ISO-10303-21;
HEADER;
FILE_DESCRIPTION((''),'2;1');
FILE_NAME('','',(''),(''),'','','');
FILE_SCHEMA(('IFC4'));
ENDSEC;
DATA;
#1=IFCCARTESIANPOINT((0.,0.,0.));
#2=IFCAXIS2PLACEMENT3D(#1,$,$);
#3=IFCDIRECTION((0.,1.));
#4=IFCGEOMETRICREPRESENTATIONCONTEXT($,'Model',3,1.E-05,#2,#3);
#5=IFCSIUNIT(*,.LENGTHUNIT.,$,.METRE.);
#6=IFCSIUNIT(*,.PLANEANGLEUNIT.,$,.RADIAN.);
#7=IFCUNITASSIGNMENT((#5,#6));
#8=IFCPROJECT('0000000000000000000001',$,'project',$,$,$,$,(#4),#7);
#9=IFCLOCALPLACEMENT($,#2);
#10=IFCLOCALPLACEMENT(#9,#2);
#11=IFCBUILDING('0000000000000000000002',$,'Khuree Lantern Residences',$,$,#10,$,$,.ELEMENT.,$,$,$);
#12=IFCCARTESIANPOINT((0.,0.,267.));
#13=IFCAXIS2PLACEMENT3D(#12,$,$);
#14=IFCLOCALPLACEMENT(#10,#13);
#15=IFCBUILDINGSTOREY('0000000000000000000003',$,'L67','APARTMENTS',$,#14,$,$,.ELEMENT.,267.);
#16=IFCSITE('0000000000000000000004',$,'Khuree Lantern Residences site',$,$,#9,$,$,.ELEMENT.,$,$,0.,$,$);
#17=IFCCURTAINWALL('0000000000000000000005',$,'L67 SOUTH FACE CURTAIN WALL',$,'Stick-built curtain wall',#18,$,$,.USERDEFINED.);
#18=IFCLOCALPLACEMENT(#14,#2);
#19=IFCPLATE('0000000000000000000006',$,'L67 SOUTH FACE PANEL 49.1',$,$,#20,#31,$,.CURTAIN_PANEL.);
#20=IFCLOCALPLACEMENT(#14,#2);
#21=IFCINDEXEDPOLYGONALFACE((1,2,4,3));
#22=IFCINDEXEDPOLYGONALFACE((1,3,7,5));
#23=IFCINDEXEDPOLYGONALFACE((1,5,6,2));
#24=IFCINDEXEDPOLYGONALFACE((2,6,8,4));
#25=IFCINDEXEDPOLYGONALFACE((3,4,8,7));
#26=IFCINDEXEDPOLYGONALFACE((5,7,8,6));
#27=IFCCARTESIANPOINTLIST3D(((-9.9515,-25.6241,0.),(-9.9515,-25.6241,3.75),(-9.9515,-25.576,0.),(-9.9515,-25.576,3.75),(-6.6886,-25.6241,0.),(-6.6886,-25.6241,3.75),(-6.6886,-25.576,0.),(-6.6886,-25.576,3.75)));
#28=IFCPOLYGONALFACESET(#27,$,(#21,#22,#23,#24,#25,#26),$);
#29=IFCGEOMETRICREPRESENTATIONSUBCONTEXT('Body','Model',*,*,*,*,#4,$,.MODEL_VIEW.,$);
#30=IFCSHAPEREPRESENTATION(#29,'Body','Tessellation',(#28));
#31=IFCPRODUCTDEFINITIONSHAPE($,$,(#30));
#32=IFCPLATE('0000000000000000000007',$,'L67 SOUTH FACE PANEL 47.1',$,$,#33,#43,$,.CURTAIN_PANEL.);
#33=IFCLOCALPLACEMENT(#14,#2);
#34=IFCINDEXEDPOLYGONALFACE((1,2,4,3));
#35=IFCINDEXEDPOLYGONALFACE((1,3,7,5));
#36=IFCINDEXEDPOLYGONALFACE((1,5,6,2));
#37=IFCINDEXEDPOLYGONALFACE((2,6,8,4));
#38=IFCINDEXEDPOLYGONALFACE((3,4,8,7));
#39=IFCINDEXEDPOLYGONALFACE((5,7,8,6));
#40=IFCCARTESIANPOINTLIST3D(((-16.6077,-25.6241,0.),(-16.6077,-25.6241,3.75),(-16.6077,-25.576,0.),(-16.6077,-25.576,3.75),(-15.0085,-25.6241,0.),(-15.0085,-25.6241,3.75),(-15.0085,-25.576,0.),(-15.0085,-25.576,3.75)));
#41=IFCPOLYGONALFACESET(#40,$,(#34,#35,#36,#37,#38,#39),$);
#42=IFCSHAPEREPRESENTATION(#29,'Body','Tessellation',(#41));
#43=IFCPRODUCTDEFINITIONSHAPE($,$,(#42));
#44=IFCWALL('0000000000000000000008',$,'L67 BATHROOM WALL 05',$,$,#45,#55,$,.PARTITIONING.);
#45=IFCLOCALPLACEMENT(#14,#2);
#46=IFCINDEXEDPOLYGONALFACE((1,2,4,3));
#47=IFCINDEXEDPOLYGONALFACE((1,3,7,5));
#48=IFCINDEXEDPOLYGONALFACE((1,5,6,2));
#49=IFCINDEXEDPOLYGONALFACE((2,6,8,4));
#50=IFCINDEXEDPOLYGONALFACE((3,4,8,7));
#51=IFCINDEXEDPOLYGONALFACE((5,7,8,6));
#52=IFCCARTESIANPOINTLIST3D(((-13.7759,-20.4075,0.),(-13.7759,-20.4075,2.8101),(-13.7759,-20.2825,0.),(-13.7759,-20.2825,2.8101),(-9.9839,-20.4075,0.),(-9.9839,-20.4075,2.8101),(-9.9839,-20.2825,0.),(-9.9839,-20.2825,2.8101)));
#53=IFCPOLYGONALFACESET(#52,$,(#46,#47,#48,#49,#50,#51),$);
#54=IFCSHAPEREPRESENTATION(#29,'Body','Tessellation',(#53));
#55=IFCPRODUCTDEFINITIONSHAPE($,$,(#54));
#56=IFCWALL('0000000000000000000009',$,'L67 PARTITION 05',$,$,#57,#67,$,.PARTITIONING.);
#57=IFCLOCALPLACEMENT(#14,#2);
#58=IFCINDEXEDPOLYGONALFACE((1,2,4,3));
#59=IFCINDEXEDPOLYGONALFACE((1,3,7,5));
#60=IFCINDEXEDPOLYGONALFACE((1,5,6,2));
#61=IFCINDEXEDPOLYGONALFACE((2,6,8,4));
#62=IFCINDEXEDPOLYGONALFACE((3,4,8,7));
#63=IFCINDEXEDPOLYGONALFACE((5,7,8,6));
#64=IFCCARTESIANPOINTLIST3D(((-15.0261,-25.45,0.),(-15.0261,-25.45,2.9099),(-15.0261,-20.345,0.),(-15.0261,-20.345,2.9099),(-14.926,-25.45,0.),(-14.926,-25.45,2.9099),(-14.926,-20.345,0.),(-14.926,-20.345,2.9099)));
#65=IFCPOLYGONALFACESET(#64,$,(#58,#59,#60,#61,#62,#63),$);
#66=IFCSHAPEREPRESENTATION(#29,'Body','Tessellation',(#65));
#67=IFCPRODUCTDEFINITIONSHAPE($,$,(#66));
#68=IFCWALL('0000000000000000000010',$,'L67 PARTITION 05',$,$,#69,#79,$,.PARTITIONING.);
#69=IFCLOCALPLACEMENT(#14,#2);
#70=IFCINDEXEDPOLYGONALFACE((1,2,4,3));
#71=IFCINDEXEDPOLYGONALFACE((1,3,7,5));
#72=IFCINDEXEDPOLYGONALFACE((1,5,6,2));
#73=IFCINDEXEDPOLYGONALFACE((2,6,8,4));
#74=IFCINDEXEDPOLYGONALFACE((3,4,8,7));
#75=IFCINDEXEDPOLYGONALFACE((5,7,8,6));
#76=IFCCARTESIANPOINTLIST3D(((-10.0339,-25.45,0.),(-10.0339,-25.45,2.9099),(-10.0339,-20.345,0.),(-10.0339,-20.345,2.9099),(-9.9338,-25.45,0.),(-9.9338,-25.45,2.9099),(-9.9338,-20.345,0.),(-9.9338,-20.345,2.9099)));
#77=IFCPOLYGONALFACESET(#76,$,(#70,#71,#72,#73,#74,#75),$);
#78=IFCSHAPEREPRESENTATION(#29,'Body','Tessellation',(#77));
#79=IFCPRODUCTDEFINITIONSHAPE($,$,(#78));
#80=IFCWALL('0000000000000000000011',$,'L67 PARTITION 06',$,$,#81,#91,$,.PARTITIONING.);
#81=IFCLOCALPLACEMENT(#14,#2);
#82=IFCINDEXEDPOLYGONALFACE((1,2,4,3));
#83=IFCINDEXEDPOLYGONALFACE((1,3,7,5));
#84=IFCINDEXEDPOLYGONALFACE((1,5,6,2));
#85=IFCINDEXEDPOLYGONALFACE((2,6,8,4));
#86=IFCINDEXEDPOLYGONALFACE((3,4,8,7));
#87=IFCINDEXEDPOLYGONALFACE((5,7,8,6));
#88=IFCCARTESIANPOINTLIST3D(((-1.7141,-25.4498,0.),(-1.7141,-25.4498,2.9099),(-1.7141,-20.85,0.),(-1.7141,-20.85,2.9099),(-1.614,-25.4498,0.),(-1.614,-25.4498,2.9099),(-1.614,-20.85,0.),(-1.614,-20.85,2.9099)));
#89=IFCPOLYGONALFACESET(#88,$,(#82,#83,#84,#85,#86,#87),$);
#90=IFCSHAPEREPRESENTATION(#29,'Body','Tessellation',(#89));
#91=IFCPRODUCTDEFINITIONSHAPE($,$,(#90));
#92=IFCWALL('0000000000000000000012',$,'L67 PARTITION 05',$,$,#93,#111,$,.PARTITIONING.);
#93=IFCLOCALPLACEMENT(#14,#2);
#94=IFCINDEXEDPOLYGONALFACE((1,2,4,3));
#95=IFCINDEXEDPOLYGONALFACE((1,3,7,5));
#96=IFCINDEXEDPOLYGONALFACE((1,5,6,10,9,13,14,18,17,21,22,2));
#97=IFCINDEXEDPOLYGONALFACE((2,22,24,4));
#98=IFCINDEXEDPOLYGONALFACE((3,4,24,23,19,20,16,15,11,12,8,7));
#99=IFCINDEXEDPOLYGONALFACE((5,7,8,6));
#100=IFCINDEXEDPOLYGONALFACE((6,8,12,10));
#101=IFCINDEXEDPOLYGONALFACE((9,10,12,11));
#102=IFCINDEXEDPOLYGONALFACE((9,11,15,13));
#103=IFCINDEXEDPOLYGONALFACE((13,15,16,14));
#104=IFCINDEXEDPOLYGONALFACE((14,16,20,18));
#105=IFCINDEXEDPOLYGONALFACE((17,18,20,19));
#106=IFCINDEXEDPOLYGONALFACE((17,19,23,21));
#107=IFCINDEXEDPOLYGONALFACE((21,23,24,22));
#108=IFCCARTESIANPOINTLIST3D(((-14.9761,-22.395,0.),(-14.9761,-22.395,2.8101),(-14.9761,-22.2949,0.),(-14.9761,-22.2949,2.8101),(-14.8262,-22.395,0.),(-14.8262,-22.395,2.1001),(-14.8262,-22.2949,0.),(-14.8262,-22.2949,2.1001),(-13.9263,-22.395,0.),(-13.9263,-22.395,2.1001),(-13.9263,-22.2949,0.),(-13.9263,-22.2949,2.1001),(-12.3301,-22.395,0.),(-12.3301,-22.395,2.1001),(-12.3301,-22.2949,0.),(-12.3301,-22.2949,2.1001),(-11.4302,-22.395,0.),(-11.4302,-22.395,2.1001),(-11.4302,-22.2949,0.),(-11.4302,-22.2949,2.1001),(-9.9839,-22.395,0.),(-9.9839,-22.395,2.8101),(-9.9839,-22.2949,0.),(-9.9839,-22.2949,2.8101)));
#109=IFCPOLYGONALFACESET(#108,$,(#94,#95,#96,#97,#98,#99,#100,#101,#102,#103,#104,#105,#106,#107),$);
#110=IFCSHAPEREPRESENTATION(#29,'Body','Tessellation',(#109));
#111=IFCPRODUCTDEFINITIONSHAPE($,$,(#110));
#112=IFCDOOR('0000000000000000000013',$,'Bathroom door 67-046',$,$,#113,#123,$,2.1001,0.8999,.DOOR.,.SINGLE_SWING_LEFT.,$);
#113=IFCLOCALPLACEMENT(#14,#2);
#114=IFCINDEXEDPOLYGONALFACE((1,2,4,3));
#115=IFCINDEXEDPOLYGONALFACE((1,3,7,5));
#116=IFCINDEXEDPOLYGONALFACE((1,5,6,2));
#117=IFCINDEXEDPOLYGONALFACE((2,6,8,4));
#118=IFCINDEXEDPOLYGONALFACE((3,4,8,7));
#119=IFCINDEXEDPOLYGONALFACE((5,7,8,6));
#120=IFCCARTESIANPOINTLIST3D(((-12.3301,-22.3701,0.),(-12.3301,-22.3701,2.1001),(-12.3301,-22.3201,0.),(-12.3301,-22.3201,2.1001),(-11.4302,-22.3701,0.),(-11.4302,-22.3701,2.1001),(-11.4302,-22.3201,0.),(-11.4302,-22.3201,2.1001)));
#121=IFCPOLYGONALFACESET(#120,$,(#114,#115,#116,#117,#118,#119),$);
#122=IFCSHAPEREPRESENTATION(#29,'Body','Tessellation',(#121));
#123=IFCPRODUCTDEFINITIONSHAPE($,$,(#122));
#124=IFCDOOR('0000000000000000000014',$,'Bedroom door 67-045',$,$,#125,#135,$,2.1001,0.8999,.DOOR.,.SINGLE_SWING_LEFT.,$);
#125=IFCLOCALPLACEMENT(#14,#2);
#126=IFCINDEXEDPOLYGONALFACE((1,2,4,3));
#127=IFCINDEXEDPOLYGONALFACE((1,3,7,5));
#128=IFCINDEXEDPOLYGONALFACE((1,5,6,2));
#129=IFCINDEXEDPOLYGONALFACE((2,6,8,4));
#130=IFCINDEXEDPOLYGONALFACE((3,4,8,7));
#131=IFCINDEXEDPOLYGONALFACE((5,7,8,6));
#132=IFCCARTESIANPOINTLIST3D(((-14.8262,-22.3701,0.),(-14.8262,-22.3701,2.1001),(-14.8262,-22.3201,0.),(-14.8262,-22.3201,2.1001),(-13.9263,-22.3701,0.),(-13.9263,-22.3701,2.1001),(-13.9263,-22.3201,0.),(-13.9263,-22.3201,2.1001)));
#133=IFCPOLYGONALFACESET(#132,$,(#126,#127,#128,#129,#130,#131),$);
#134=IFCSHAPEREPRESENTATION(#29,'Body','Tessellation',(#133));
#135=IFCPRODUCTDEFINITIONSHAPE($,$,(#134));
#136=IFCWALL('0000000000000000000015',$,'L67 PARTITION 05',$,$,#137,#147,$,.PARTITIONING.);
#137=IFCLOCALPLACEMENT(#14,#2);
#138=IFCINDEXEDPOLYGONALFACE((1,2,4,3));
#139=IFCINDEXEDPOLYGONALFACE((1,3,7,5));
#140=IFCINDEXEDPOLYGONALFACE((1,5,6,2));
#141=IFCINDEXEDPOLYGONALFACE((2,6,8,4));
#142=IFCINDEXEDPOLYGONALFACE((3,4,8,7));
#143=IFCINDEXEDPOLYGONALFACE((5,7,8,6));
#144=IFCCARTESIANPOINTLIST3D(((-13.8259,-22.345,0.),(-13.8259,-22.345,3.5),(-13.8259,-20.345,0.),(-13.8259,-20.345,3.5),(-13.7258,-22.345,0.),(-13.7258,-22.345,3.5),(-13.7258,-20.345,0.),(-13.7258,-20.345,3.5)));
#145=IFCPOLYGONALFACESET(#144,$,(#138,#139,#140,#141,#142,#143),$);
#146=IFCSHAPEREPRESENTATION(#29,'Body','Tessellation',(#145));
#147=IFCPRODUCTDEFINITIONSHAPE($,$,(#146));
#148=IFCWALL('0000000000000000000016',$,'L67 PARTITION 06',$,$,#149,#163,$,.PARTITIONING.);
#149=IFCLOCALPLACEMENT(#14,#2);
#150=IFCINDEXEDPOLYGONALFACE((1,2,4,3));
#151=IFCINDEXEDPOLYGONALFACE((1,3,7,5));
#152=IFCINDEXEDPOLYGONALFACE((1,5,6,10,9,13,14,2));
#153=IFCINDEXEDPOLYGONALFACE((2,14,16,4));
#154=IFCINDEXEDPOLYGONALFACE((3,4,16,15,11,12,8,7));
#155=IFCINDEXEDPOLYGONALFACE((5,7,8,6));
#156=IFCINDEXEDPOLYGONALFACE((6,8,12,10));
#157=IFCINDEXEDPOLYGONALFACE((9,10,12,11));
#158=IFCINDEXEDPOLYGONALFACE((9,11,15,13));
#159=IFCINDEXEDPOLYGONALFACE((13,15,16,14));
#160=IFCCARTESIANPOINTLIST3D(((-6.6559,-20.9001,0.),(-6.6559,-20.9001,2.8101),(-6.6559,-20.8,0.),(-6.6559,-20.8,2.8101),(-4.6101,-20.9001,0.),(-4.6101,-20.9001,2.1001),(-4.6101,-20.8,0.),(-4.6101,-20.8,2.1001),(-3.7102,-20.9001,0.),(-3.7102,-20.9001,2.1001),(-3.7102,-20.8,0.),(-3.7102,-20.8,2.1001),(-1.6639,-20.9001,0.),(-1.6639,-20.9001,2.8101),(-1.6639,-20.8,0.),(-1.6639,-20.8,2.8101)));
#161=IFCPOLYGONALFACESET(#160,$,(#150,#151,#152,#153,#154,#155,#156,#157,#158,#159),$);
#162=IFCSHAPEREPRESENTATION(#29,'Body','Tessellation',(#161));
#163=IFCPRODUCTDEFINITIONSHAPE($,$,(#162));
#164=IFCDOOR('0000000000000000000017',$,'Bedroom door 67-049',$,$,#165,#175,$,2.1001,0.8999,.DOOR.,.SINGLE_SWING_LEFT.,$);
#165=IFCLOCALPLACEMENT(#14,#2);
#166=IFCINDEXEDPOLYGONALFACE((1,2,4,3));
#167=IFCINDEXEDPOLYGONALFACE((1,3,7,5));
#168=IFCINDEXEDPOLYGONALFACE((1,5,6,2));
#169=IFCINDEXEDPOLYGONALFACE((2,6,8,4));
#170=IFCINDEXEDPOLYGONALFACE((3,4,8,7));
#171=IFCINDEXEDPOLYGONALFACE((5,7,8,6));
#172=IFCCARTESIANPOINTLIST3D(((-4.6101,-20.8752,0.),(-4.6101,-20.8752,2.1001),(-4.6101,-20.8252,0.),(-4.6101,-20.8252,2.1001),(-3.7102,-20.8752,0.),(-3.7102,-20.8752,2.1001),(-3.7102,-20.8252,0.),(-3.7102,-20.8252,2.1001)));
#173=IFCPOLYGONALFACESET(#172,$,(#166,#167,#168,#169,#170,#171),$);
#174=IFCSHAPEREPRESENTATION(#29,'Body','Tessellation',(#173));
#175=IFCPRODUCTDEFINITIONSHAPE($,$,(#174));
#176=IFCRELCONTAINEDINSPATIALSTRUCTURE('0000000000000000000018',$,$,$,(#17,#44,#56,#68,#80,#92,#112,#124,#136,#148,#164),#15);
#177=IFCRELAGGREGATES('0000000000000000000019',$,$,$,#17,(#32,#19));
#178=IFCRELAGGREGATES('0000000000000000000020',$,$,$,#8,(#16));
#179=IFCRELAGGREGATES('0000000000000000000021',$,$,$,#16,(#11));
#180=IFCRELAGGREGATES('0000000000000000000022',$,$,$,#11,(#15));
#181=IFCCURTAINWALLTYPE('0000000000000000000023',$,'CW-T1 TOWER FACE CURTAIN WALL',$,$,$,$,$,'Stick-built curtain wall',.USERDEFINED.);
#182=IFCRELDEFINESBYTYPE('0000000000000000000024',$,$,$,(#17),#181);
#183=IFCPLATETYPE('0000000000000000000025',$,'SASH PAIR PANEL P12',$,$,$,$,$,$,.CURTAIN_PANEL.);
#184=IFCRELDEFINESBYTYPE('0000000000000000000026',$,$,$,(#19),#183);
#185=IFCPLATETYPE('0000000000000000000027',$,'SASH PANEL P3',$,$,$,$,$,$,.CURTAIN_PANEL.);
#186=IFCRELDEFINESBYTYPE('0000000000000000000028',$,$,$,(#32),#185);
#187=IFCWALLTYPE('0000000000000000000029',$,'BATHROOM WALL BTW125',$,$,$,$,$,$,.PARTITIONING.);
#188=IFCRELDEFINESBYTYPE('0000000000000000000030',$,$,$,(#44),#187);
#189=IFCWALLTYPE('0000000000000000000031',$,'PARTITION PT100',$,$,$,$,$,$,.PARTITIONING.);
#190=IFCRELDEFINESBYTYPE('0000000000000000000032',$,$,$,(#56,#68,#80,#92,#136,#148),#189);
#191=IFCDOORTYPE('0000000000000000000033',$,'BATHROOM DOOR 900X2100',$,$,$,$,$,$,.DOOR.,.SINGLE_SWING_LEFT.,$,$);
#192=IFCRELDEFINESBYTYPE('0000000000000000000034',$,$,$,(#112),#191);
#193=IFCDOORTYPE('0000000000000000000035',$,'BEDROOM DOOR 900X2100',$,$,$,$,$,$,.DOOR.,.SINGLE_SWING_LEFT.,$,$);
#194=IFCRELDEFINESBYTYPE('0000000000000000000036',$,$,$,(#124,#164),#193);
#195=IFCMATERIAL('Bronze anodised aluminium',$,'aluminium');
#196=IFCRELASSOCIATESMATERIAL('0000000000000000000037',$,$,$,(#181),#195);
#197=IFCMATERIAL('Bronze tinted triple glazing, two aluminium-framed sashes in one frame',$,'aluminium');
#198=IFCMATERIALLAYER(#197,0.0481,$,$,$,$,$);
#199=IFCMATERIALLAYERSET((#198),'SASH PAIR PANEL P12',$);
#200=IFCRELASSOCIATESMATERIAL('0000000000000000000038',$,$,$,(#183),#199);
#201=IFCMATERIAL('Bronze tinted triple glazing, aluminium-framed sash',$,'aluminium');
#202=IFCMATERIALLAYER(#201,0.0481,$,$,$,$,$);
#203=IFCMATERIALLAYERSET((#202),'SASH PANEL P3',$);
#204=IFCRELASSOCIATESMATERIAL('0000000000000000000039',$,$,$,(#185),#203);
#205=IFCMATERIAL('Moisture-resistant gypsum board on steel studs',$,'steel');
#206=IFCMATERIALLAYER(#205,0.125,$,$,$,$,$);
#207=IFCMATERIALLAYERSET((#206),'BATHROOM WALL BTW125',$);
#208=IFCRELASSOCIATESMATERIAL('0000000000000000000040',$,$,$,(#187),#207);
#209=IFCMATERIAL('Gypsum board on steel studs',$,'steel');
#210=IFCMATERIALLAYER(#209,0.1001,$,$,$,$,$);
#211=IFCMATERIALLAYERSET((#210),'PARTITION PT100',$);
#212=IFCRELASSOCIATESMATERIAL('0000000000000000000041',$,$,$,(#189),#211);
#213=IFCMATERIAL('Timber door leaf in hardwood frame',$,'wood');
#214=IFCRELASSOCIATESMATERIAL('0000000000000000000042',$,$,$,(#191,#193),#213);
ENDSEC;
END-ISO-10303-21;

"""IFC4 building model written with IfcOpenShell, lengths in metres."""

from ifc_helpers import new_model, si_unit, direction, frame, frame_2d, origin, origin_2d, place, context, subcontext, project, spatial, rectangle, extrude, material, layer, layer_set, type_object, element, fill, aggregate, save


model = new_model("IFC4")

# Units and contexts
model_context = context("Model", 3, precision=1e-05, world=origin(), true_north=direction((0.0, 1.0)))
body_context = subcontext(model_context, "Body", "Model", "MODEL_VIEW")
ifc_project = project(units=[si_unit("LENGTHUNIT", "METRE"), si_unit("PLANEANGLEUNIT", "RADIAN")], contexts=[model_context])

# Site, building, storey
site_placement = place(None, origin())
site = spatial("IfcSite", under=ifc_project, at=site_placement, Name="Khuree Lantern Residences site", CompositionType="ELEMENT", RefElevation=0.0)
building_placement = place(site_placement, origin())
building = spatial("IfcBuilding", under=site, at=building_placement, Name="Khuree Lantern Residences", CompositionType="ELEMENT")
storey_placement = place(building_placement, frame((0.0, 0.0, 267.0)))
storey = spatial("IfcBuildingStorey", under=building, at=storey_placement, Name="L67", Description="APARTMENTS", CompositionType="ELEMENT", Elevation=267.0)

# Curtain wall
ifc_material_1 = material(Name="Bronze anodised aluminium", Category="aluminium")
curtain_wall_type = type_object("IfcCurtainWallType", Name="CW-T1 TOWER FACE CURTAIN WALL", ElementType="Stick-built curtain wall", PredefinedType="USERDEFINED", material=ifc_material_1)
curtain_wall_placement = place(storey_placement, origin())
curtain_wall = element("IfcCurtainWall", 1, at=curtain_wall_placement, inside=storey, type_object=curtain_wall_type, Name="L67 SOUTH FACE CURTAIN WALL", ObjectType="Stick-built curtain wall", PredefinedType="USERDEFINED")

# Plates
ifc_material_2 = material(Name="Bronze tinted triple glazing, two aluminium-framed sashes in one frame", Category="aluminium")
ifc_layer_1 = layer(ifc_material_2, 0.0481)
ifc_layer_set_1 = layer_set([ifc_layer_1], Name="SASH PAIR PANEL P12")
plate_type_1 = type_object("IfcPlateType", Name="SASH PAIR PANEL P12", PredefinedType="CURTAIN_PANEL", material=ifc_layer_set_1)
plate_1_placement = place(storey_placement, frame((-8.3201, -25.6001, 0.0), z_axis=(0.0, 0.0, 1.0), x_axis=(1.0, 0.0, 0.0)))
plate_1 = element("IfcPlate", 2, at=plate_1_placement, type_object=plate_type_1, Name="L67 SOUTH FACE PANEL 49.1", PredefinedType="CURTAIN_PANEL", context=body_context, shape_type="SweptSolid", body=[
    extrude(rectangle(XDim=3.2629, YDim=0.0481, at=origin_2d()), origin(), (0.0, 0.0, 1.0), 3.75),
])
ifc_material_3 = material(Name="Bronze tinted triple glazing, aluminium-framed sash", Category="aluminium")
ifc_layer_2 = layer(ifc_material_3, 0.0481)
ifc_layer_set_2 = layer_set([ifc_layer_2], Name="SASH PANEL P3")
plate_type_2 = type_object("IfcPlateType", Name="SASH PANEL P3", PredefinedType="CURTAIN_PANEL", material=ifc_layer_set_2)
plate_2_placement = place(storey_placement, frame((-15.8081, -25.6001, 0.0), z_axis=(0.0, 0.0, 1.0), x_axis=(1.0, 0.0, 0.0)))
plate_2 = element("IfcPlate", 3, at=plate_2_placement, type_object=plate_type_2, Name="L67 SOUTH FACE PANEL 47.1", PredefinedType="CURTAIN_PANEL", context=body_context, shape_type="SweptSolid", body=[
    extrude(rectangle(XDim=1.5991, YDim=0.0481, at=origin_2d()), origin(), (0.0, 0.0, 1.0), 3.75),
])
aggregate(curtain_wall, [plate_2, plate_1])

# Walls
ifc_material_4 = material(Name="Moisture-resistant gypsum board on steel studs", Category="steel")
ifc_layer_3 = layer(ifc_material_4, 0.125)
ifc_layer_set_3 = layer_set([ifc_layer_3], Name="BATHROOM WALL BTW125")
wall_type_1 = type_object("IfcWallType", Name="BATHROOM WALL BTW125", PredefinedType="PARTITIONING", material=ifc_layer_set_3)
wall_1_placement = place(storey_placement, frame((-13.7759, -20.345, 0.0), z_axis=(0.0, 0.0, 1.0), x_axis=(1.0, 0.0, 0.0)))
element("IfcWall", 4, at=wall_1_placement, inside=storey, type_object=wall_type_1, Name="L67 BATHROOM WALL 05", PredefinedType="PARTITIONING", context=body_context, shape_type="SweptSolid", body=[
    extrude(rectangle(XDim=3.792, YDim=0.125, at=frame_2d((1.896, 0.0))), origin(), (0.0, 0.0, 1.0), 2.8101),
])
ifc_material_5 = material(Name="Gypsum board on steel studs", Category="steel")
ifc_layer_4 = layer(ifc_material_5, 0.1001)
ifc_layer_set_4 = layer_set([ifc_layer_4], Name="PARTITION PT100")
wall_type_2 = type_object("IfcWallType", Name="PARTITION PT100", PredefinedType="PARTITIONING", material=ifc_layer_set_4)
for number, where, z_axis, x_axis, name in (
    (5, (-14.9761, -20.345, 0.0), (0.0, 0.0, 1.0), (0.0, -1.0, 0.0), "L67 PARTITION 05"),
    (6, (-9.9839, -20.345, 0.0), (0.0, 0.0, 1.0), (0.0, -1.0, 0.0), "L67 PARTITION 05"),
):
    element("IfcWall", number, at=place(storey_placement, frame(where, z_axis=z_axis, x_axis=x_axis)), inside=storey, type_object=wall_type_2, Name=name, PredefinedType="PARTITIONING", context=body_context, shape_type="SweptSolid", body=[
        extrude(rectangle(XDim=5.105, YDim=0.1001, at=frame_2d((2.5525, 0.0))), origin(), (0.0, 0.0, 1.0), 2.9099),
    ])
wall_2_placement = place(storey_placement, frame((-1.6641, -20.8501, 0.0), z_axis=(0.0, 0.0, 1.0), x_axis=(0.0, -1.0, 0.0)))
element("IfcWall", 7, at=wall_2_placement, inside=storey, type_object=wall_type_2, Name="L67 PARTITION 06", PredefinedType="PARTITIONING", context=body_context, shape_type="SweptSolid", body=[
    extrude(rectangle(XDim=4.5999, YDim=0.1001, at=frame_2d((2.2998, 0.0))), origin(), (0.0, 0.0, 1.0), 2.9099),
])

# Wall, openings, doors
wall_3_placement = place(storey_placement, frame((-14.9761, -22.345, 0.0), z_axis=(0.0, 0.0, 1.0), x_axis=(1.0, 0.0, 0.0)))
wall_3 = element("IfcWall", 8, at=wall_3_placement, inside=storey, type_object=wall_type_2, Name="L67 PARTITION 05", PredefinedType="PARTITIONING", context=body_context, shape_type="SweptSolid", body=[
    extrude(rectangle(XDim=4.9922, YDim=0.1001, at=frame_2d((2.4961, 0.0))), origin(), (0.0, 0.0, 1.0), 2.8101),
])
opening_1_placement = place(wall_3_placement, frame((0.1499, 0.0, 0.0)))
opening_1 = element("IfcOpeningElement", 9, at=opening_1_placement, cuts=wall_3, PredefinedType="OPENING", context=body_context, shape_type="SweptSolid", body=[
    extrude(rectangle(XDim=0.8999, YDim=2.1001, at=frame_2d((0.45, 1.05))), frame((0.0, 0.0601, 0.0), z_axis=(0.0, -1.0, 0.0), x_axis=(1.0, 0.0, 0.0)), (0.0, 0.0, 1.0), 0.1201),
])
opening_2_placement = place(wall_3_placement, frame((2.646, 0.0, 0.0)))
opening_2 = element("IfcOpeningElement", 10, at=opening_2_placement, cuts=wall_3, PredefinedType="OPENING", context=body_context, shape_type="SweptSolid", body=[
    extrude(rectangle(XDim=0.8999, YDim=2.1001, at=frame_2d((0.45, 1.05))), frame((0.0, 0.0601, 0.0), z_axis=(0.0, -1.0, 0.0), x_axis=(1.0, 0.0, 0.0)), (0.0, 0.0, 1.0), 0.1201),
])
ifc_material_6 = material(Name="Timber door leaf in hardwood frame", Category="wood")
door_type_1 = type_object("IfcDoorType", Name="BATHROOM DOOR 900X2100", OperationType="SINGLE_SWING_LEFT", PredefinedType="DOOR", material=ifc_material_6)
door_1_placement = place(opening_2_placement, origin())
door_1 = element("IfcDoor", 11, at=door_1_placement, inside=storey, type_object=door_type_1, Name="Bathroom door 67-046", OperationType="SINGLE_SWING_LEFT", OverallHeight=2.1001, OverallWidth=0.8999, PredefinedType="DOOR", context=body_context, shape_type="SweptSolid", body=[
    extrude(rectangle(XDim=0.8999, YDim=2.1001, at=frame_2d((0.45, 1.05))), frame((0.0, 0.0249, 0.0), z_axis=(0.0, -1.0, 0.0), x_axis=(1.0, 0.0, 0.0)), (0.0, 0.0, 1.0), 0.05),
])
fill(opening_2, door_1)
door_type_2 = type_object("IfcDoorType", Name="BEDROOM DOOR 900X2100", OperationType="SINGLE_SWING_LEFT", PredefinedType="DOOR", material=ifc_material_6)
door_2_placement = place(opening_1_placement, origin())
door_2 = element("IfcDoor", 12, at=door_2_placement, inside=storey, type_object=door_type_2, Name="Bedroom door 67-045", OperationType="SINGLE_SWING_LEFT", OverallHeight=2.1001, OverallWidth=0.8999, PredefinedType="DOOR", context=body_context, shape_type="SweptSolid", body=[
    extrude(rectangle(XDim=0.8999, YDim=2.1001, at=frame_2d((0.45, 1.05))), frame((0.0, 0.0249, 0.0), z_axis=(0.0, -1.0, 0.0), x_axis=(1.0, 0.0, 0.0)), (0.0, 0.0, 1.0), 0.05),
])
fill(opening_1, door_2)

# Wall
wall_4_placement = place(storey_placement, frame((-13.7759, -20.345, 0.0), z_axis=(0.0, 0.0, 1.0), x_axis=(0.0, -1.0, 0.0)))
element("IfcWall", 13, at=wall_4_placement, inside=storey, type_object=wall_type_2, Name="L67 PARTITION 05", PredefinedType="PARTITIONING", context=body_context, shape_type="SweptSolid", body=[
    extrude(rectangle(XDim=2.0, YDim=0.1001, at=frame_2d((1.0, 0.0))), origin(), (0.0, 0.0, 1.0), 3.5),
])

# Wall, opening, door
wall_5_placement = place(storey_placement, frame((-6.656, -20.8501, 0.0), z_axis=(0.0, 0.0, 1.0), x_axis=(1.0, 0.0, 0.0)))
wall_5 = element("IfcWall", 14, at=wall_5_placement, inside=storey, type_object=wall_type_2, Name="L67 PARTITION 06", PredefinedType="PARTITIONING", context=body_context, shape_type="SweptSolid", body=[
    extrude(rectangle(XDim=4.9919, YDim=0.1001, at=frame_2d((2.4961, 0.0))), origin(), (0.0, 0.0, 1.0), 2.8101),
])
opening_3_placement = place(wall_5_placement, frame((2.0459, 0.0, 0.0)))
opening_3 = element("IfcOpeningElement", 15, at=opening_3_placement, cuts=wall_5, PredefinedType="OPENING", context=body_context, shape_type="SweptSolid", body=[
    extrude(rectangle(XDim=0.8999, YDim=2.1001, at=frame_2d((0.45, 1.05))), frame((0.0, 0.0601, 0.0), z_axis=(0.0, -1.0, 0.0), x_axis=(1.0, 0.0, 0.0)), (0.0, 0.0, 1.0), 0.1201),
])
door_3_placement = place(opening_3_placement, origin())
door_3 = element("IfcDoor", 16, at=door_3_placement, inside=storey, type_object=door_type_2, Name="Bedroom door 67-049", OperationType="SINGLE_SWING_LEFT", OverallHeight=2.1001, OverallWidth=0.8999, PredefinedType="DOOR", context=body_context, shape_type="SweptSolid", body=[
    extrude(rectangle(XDim=0.8999, YDim=2.1001, at=frame_2d((0.45, 1.05))), frame((0.0, 0.0249, 0.0), z_axis=(0.0, -1.0, 0.0), x_axis=(1.0, 0.0, 0.0)), (0.0, 0.0, 1.0), 0.05),
])
fill(opening_3, door_3)

save(model, "model.ifc")
